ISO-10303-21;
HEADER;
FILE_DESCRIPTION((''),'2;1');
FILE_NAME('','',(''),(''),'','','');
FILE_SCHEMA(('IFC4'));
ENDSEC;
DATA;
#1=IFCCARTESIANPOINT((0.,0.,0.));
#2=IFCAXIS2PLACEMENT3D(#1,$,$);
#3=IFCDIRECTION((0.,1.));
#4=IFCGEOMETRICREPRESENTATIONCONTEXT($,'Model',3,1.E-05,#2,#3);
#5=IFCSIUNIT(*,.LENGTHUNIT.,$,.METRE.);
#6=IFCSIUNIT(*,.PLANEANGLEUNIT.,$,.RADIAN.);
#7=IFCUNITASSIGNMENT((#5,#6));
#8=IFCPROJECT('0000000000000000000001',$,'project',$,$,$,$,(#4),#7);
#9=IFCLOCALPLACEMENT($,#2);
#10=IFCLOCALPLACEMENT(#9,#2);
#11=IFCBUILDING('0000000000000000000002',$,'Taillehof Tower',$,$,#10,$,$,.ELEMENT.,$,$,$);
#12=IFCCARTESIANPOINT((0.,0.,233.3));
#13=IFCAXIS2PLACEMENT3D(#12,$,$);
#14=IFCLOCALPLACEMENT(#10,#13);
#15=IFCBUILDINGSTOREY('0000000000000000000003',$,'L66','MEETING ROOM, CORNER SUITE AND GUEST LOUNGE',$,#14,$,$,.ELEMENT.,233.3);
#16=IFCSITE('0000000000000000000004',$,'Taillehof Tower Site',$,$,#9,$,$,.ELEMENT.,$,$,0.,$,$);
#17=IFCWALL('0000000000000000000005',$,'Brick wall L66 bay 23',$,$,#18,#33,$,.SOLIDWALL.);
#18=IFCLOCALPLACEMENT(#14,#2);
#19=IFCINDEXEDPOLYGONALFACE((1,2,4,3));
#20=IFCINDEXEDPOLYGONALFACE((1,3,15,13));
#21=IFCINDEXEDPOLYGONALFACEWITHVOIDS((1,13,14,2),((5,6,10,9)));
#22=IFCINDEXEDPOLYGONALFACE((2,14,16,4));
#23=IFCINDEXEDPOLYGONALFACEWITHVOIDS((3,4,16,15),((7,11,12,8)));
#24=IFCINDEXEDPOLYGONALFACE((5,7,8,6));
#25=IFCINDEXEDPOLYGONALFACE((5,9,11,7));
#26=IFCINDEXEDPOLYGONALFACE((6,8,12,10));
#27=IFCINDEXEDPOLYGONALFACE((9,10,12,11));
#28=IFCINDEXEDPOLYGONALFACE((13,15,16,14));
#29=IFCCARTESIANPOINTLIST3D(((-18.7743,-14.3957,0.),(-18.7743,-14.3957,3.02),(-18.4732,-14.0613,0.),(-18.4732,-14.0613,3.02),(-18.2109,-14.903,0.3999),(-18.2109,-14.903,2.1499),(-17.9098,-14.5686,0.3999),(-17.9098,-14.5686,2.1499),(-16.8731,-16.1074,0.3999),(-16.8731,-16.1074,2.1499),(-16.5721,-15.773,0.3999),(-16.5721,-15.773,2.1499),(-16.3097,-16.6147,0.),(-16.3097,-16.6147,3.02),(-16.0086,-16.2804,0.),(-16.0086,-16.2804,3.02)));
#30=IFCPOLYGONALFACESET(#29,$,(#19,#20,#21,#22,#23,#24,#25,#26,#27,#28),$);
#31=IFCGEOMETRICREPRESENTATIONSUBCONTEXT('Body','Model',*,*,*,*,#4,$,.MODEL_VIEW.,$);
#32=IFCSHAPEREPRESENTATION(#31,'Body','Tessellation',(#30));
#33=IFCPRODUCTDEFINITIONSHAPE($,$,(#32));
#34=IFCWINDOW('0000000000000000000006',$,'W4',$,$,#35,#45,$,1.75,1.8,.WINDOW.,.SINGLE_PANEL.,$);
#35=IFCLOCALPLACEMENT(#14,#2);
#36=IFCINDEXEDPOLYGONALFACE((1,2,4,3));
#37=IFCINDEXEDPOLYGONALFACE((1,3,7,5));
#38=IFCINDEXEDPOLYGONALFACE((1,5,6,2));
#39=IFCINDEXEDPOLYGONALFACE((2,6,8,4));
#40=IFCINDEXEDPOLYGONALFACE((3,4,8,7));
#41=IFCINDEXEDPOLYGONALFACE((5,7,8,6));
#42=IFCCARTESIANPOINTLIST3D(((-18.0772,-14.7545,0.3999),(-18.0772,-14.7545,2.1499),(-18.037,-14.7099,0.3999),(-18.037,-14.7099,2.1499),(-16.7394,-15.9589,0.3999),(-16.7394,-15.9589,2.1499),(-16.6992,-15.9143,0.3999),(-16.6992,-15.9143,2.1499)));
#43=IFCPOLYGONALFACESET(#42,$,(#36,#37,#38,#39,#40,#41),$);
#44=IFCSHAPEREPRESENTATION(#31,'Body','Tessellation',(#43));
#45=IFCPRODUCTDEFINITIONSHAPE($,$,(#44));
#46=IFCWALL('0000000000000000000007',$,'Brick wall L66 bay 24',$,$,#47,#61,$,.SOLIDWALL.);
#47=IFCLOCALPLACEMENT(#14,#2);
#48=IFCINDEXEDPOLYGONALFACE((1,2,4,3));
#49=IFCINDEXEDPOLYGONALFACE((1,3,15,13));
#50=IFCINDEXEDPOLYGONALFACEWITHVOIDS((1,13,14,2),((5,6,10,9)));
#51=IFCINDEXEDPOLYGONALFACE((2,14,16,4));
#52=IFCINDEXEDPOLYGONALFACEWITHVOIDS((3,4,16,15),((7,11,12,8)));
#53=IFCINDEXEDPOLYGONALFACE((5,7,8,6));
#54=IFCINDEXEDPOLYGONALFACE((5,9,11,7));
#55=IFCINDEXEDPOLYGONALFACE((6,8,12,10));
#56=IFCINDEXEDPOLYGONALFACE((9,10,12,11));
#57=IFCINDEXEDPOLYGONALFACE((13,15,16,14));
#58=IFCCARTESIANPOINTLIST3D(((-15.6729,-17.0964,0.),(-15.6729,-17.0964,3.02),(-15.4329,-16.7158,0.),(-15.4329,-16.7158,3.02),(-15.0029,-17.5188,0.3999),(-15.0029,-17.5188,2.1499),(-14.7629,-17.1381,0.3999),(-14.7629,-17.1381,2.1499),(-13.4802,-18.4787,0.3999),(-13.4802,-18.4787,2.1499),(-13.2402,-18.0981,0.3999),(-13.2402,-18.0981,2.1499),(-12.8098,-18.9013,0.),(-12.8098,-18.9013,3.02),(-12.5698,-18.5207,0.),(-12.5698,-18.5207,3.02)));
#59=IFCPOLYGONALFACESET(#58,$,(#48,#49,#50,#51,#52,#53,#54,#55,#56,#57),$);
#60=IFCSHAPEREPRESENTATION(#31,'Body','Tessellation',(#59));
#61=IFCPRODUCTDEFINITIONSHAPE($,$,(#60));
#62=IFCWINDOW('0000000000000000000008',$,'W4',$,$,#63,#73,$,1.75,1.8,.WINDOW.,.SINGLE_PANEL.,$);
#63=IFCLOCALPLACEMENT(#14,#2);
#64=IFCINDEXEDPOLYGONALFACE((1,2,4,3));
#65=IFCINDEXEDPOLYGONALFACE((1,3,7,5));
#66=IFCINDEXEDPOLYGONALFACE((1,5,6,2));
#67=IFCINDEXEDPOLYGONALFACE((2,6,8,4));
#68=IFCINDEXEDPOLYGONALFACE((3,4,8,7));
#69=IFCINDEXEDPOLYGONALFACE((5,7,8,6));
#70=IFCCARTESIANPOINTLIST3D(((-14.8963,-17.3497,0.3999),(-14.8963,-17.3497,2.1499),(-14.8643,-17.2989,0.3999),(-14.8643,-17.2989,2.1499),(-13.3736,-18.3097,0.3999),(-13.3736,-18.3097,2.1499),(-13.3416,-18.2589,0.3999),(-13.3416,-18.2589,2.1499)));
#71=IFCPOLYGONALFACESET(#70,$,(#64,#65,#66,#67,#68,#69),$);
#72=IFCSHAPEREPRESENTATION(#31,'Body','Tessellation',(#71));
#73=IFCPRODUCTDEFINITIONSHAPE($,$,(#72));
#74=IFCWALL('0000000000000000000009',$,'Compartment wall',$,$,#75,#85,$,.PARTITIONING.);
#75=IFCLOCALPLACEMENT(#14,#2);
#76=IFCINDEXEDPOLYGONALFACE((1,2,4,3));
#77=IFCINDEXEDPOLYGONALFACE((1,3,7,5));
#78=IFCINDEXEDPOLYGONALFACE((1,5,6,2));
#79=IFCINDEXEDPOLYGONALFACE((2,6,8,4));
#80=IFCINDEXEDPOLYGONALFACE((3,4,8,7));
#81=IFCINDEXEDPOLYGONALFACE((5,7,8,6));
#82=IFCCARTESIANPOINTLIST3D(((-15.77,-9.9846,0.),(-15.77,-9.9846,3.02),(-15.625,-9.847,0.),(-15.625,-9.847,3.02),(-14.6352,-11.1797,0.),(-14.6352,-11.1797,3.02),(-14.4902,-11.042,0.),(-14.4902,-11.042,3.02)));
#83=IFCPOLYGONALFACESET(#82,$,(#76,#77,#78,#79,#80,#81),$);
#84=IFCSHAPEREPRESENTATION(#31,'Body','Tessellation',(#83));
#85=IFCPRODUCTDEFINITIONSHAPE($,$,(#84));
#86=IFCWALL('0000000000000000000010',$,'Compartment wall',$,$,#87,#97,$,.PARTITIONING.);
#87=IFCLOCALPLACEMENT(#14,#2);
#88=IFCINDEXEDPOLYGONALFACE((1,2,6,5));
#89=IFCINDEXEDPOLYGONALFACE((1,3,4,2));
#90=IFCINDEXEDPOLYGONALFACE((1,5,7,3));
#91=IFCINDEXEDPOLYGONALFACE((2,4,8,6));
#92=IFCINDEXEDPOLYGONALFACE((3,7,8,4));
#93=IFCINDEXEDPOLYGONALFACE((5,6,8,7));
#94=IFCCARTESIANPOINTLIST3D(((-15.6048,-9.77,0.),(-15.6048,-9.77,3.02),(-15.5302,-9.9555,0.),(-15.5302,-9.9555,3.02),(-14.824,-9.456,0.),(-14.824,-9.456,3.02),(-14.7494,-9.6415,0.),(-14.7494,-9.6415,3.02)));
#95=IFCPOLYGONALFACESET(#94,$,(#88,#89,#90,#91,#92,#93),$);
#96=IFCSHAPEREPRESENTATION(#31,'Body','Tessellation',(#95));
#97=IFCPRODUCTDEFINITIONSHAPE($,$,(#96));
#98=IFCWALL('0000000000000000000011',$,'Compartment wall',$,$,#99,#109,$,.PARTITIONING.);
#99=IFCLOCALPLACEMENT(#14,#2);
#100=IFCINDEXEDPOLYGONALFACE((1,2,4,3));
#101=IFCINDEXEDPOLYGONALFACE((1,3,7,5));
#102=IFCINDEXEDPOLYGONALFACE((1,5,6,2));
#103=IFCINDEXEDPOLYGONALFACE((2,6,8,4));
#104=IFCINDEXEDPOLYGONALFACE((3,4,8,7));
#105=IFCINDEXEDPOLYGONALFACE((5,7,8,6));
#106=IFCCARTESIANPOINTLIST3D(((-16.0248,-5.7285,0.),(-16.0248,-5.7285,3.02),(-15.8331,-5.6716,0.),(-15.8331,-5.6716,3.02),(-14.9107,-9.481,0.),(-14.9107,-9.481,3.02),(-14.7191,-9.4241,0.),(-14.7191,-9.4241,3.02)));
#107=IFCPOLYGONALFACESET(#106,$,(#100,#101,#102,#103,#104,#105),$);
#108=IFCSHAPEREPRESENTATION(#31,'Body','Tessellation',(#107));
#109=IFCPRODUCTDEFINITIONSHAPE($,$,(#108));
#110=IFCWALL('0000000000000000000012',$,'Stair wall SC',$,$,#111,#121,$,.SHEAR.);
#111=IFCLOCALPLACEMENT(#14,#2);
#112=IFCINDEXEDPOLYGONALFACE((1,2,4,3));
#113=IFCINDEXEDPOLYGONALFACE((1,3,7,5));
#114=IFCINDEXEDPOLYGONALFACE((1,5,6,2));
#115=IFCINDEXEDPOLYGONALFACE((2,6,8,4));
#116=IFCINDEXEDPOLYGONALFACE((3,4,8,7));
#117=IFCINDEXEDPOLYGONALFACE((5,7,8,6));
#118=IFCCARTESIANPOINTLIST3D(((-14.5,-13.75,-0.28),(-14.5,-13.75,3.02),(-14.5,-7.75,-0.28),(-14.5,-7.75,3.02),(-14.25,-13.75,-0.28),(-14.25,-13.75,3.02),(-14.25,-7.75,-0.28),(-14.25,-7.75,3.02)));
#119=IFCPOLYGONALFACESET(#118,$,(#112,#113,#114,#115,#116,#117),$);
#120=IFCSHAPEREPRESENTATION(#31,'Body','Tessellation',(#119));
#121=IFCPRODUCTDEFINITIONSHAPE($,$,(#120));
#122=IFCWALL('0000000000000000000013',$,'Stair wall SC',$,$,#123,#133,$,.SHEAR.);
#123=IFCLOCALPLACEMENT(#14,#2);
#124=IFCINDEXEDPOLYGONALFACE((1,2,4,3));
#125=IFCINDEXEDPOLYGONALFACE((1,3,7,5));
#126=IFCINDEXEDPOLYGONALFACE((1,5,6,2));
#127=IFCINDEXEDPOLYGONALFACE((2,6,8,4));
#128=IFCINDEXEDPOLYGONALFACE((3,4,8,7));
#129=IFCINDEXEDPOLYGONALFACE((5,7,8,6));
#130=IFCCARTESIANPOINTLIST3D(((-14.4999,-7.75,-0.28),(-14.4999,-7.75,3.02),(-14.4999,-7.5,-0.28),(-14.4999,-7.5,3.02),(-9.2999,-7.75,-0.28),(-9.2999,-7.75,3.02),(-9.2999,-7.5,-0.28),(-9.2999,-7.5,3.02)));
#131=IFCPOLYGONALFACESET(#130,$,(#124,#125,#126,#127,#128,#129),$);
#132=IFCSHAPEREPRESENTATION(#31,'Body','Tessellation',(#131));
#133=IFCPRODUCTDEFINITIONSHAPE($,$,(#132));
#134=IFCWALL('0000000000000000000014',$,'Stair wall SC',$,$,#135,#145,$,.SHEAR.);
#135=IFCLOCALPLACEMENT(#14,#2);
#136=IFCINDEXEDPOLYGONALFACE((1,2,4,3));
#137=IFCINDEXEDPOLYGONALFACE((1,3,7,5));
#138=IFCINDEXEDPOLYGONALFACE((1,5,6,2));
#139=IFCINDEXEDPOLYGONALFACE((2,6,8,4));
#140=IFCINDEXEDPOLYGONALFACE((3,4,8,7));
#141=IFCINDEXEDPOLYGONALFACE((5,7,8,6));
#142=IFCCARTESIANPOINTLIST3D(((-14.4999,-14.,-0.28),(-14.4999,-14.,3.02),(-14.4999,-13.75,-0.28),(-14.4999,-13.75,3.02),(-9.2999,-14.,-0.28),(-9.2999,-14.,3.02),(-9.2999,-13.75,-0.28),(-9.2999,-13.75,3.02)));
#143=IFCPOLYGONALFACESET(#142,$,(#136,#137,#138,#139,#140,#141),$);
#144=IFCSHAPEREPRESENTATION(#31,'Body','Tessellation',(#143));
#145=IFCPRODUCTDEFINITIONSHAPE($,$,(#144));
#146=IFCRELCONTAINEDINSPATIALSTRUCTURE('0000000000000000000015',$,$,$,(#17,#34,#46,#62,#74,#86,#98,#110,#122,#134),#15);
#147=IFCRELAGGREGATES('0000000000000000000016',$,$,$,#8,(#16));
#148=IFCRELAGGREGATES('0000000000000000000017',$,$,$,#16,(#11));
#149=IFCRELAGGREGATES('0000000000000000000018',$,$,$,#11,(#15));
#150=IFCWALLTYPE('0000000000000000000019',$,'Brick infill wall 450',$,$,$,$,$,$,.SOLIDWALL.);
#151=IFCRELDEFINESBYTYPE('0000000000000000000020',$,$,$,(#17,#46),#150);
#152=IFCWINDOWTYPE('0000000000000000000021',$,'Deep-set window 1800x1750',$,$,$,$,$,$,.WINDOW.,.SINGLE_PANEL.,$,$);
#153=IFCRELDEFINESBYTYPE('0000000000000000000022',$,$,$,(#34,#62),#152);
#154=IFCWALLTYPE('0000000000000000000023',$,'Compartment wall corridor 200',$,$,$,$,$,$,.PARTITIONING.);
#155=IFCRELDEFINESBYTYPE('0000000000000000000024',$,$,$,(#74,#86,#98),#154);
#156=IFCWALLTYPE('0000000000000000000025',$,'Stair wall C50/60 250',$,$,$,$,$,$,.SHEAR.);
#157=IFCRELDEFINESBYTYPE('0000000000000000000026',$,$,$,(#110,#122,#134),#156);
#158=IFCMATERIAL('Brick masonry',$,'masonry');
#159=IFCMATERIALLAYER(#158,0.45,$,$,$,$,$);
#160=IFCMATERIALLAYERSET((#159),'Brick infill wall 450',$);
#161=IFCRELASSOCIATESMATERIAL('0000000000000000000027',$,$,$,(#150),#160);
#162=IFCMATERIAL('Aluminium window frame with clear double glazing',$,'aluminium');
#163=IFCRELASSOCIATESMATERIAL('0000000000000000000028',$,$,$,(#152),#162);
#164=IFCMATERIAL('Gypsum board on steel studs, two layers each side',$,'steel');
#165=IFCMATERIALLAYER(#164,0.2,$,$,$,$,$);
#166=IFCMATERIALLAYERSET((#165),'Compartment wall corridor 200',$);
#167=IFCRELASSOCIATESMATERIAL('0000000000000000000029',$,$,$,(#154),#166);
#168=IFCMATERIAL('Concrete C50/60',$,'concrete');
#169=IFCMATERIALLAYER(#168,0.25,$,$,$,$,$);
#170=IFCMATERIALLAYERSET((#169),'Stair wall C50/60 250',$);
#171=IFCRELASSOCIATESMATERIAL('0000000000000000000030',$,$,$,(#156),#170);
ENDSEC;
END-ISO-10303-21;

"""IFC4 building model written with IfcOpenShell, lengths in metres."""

from ifc_helpers import new_model, si_unit, direction, frame, frame_2d, origin, place, context, subcontext, project, spatial, rectangle, extrude, material, layer, layer_set, type_object, element, fill, save


model = new_model("IFC4")

# Units and contexts
model_context = context("Model", 3, precision=1e-05, world=origin(), true_north=direction((0.0, 1.0)))
body_context = subcontext(model_context, "Body", "Model", "MODEL_VIEW")
ifc_project = project(units=[si_unit("LENGTHUNIT", "METRE"), si_unit("PLANEANGLEUNIT", "RADIAN")], contexts=[model_context])

# Site, building, storey
site_placement = place(None, origin())
site = spatial("IfcSite", under=ifc_project, at=site_placement, Name="Taillehof Tower Site", CompositionType="ELEMENT", RefElevation=0.0)
building_placement = place(site_placement, origin())
building = spatial("IfcBuilding", under=site, at=building_placement, Name="Taillehof Tower", CompositionType="ELEMENT")
storey_placement = place(building_placement, frame((0.0, 0.0, 233.3)))
storey = spatial("IfcBuildingStorey", under=building, at=storey_placement, Name="L66", Description="MEETING ROOM, CORNER SUITE AND GUEST LOUNGE", CompositionType="ELEMENT", Elevation=233.3)

# Walls, openings, windows
ifc_material_1 = material(Name="Brick masonry", Category="masonry")
ifc_layer_1 = layer(ifc_material_1, 0.45)
ifc_layer_set_1 = layer_set([ifc_layer_1], Name="Brick infill wall 450")
wall_type_1 = type_object("IfcWallType", Name="Brick infill wall 450", PredefinedType="SOLIDWALL", material=ifc_layer_set_1)
ifc_material_2 = material(Name="Aluminium window frame with clear double glazing", Category="aluminium")
window_type = type_object("IfcWindowType", Name="Deep-set window 1800x1750", PartitioningType="SINGLE_PANEL", PredefinedType="WINDOW", material=ifc_material_2)
wall_1_placement = place(storey_placement, frame((-18.6238, -14.2285, 0.0), z_axis=(0.0, 0.0, 1.0), x_axis=(0.743166, -0.669107, 0.0)))
wall_1 = element("IfcWall", 1, at=wall_1_placement, inside=storey, type_object=wall_type_1, Name="Brick wall L66 bay 23", PredefinedType="SOLIDWALL", context=body_context, shape_type="SweptSolid", body=[
    extrude(rectangle(XDim=3.3164, YDim=0.45, at=frame_2d((1.6582, 0.0))), origin(), (0.0, 0.0, 1.0), 3.02),
])
opening_1_placement = place(wall_1_placement, frame((0.7583, 0.0, 0.3999)))
opening_1 = element("IfcOpeningElement", 2, at=opening_1_placement, cuts=wall_1, PredefinedType="OPENING", context=body_context, shape_type="SweptSolid", body=[
    extrude(rectangle(XDim=1.8, YDim=1.75, at=frame_2d((0.8999, 0.875))), frame((0.0, 0.2349, 0.0), z_axis=(0.0, -1.0, 0.0), x_axis=(1.0, 0.0, 0.0)), (0.0, 0.0, 1.0), 0.47),
])
window_1_placement = place(opening_1_placement, origin())
window_1 = element("IfcWindow", 3, at=window_1_placement, inside=storey, type_object=window_type, Name="W4", OverallHeight=1.75, OverallWidth=1.8, PartitioningType="SINGLE_PANEL", PredefinedType="WINDOW", context=body_context, shape_type="SweptSolid", body=[
    extrude(rectangle(XDim=1.8, YDim=1.75, at=frame_2d((0.8999, 0.875))), frame((0.0, 0.0349, 0.0), z_axis=(0.0, -1.0, 0.0), x_axis=(1.0, 0.0, 0.0)), (0.0, 0.0, 1.0), 0.0601),
])
fill(opening_1, window_1)
wall_2_placement = place(storey_placement, frame((-15.553, -16.906, 0.0), z_axis=(0.0, 0.0, 1.0), x_axis=(0.845929, -0.533295, 0.0)))
wall_2 = element("IfcWall", 4, at=wall_2_placement, inside=storey, type_object=wall_type_1, Name="Brick wall L66 bay 24", PredefinedType="SOLIDWALL", context=body_context, shape_type="SweptSolid", body=[
    extrude(rectangle(XDim=3.3845, YDim=0.45, at=frame_2d((1.6924, 0.0))), origin(), (0.0, 0.0, 1.0), 3.02),
])
opening_2_placement = place(wall_2_placement, frame((0.7922, 0.0, 0.3999)))
opening_2 = element("IfcOpeningElement", 5, at=opening_2_placement, cuts=wall_2, PredefinedType="OPENING", context=body_context, shape_type="SweptSolid", body=[
    extrude(rectangle(XDim=1.8, YDim=1.75, at=frame_2d((0.8999, 0.875))), frame((0.0, 0.2349, 0.0), z_axis=(0.0, -1.0, 0.0), x_axis=(1.0, 0.0, 0.0)), (0.0, 0.0, 1.0), 0.47),
])
window_2_placement = place(opening_2_placement, origin())
window_2 = element("IfcWindow", 6, at=window_2_placement, inside=storey, type_object=window_type, Name="W4", OverallHeight=1.75, OverallWidth=1.8, PartitioningType="SINGLE_PANEL", PredefinedType="WINDOW", context=body_context, shape_type="SweptSolid", body=[
    extrude(rectangle(XDim=1.8, YDim=1.75, at=frame_2d((0.8999, 0.875))), frame((0.0, 0.0349, 0.0), z_axis=(0.0, -1.0, 0.0), x_axis=(1.0, 0.0, 0.0)), (0.0, 0.0, 1.0), 0.0601),
])
fill(opening_2, window_2)

# Walls
ifc_material_3 = material(Name="Gypsum board on steel studs, two layers each side", Category="steel")
ifc_layer_2 = layer(ifc_material_3, 0.2)
ifc_layer_set_2 = layer_set([ifc_layer_2], Name="Compartment wall corridor 200")
wall_type_2 = type_object("IfcWallType", Name="Compartment wall corridor 200", PredefinedType="PARTITIONING", material=ifc_layer_set_2)
wall_3_placement = place(storey_placement, frame((-14.5627, -11.1108, 0.0), z_axis=(0.0, 0.0, 1.0), x_axis=(-0.688574, 0.725166, 0.0)))
element("IfcWall", 7, at=wall_3_placement, inside=storey, type_object=wall_type_2, Name="Compartment wall", PredefinedType="PARTITIONING", context=body_context, shape_type="SweptSolid", body=[
    extrude(rectangle(XDim=1.6479, YDim=0.2, at=frame_2d((0.824, 0.0))), origin(), (0.0, 0.0, 1.0), 3.02),
])
wall_4_placement = place(storey_placement, frame((-15.5676, -9.8628, 0.0), z_axis=(0.0, 0.0, 1.0), x_axis=(0.927795, 0.373091, 0.0)))
element("IfcWall", 8, at=wall_4_placement, inside=storey, type_object=wall_type_2, Name="Compartment wall", PredefinedType="PARTITIONING", context=body_context, shape_type="SweptSolid", body=[
    extrude(rectangle(XDim=0.8416, YDim=0.2, at=frame_2d((0.4209, 0.0))), origin(), (0.0, 0.0, 1.0), 3.02),
])
wall_5_placement = place(storey_placement, frame((-14.8149, -9.4524, 0.0), z_axis=(0.0, 0.0, 1.0), x_axis=(-0.2846, 0.958646, 0.0)))
element("IfcWall", 9, at=wall_5_placement, inside=storey, type_object=wall_type_2, Name="Compartment wall", PredefinedType="PARTITIONING", context=body_context, shape_type="SweptSolid", body=[
    extrude(rectangle(XDim=3.9143, YDim=0.2, at=frame_2d((1.957, 0.0))), origin(), (0.0, 0.0, 1.0), 3.02),
])
ifc_material_4 = material(Name="Concrete C50/60", Category="concrete")
ifc_layer_3 = layer(ifc_material_4, 0.25)
ifc_layer_set_3 = layer_set([ifc_layer_3], Name="Stair wall C50/60 250")
wall_type_3 = type_object("IfcWallType", Name="Stair wall C50/60 250", PredefinedType="SHEAR", material=ifc_layer_set_3)
wall_6_placement = place(storey_placement, frame((-14.375, -13.75, -0.28), z_axis=(0.0, 0.0, 1.0), x_axis=(0.0, 1.0, 0.0)))
element("IfcWall", 10, at=wall_6_placement, inside=storey, type_object=wall_type_3, Name="Stair wall SC", PredefinedType="SHEAR", context=body_context, shape_type="SweptSolid", body=[
    extrude(rectangle(XDim=6.0, YDim=0.25, at=frame_2d((3.0, 0.0))), origin(), (0.0, 0.0, 1.0), 3.3),
])
for number, where, z_axis, x_axis, name in (
    (11, (-14.5, -7.625, -0.28), (0.0, 0.0, 1.0), (1.0, 0.0, 0.0), "Stair wall SC"),
    (12, (-14.5, -13.875, -0.28), (0.0, 0.0, 1.0), (1.0, 0.0, 0.0), "Stair wall SC"),
):
    element("IfcWall", number, at=place(storey_placement, frame(where, z_axis=z_axis, x_axis=x_axis)), inside=storey, type_object=wall_type_3, Name=name, PredefinedType="SHEAR", context=body_context, shape_type="SweptSolid", body=[
        extrude(rectangle(XDim=5.2, YDim=0.25, at=frame_2d((2.6001, 0.0))), origin(), (0.0, 0.0, 1.0), 3.3),
    ])

save(model, "model.ifc")
